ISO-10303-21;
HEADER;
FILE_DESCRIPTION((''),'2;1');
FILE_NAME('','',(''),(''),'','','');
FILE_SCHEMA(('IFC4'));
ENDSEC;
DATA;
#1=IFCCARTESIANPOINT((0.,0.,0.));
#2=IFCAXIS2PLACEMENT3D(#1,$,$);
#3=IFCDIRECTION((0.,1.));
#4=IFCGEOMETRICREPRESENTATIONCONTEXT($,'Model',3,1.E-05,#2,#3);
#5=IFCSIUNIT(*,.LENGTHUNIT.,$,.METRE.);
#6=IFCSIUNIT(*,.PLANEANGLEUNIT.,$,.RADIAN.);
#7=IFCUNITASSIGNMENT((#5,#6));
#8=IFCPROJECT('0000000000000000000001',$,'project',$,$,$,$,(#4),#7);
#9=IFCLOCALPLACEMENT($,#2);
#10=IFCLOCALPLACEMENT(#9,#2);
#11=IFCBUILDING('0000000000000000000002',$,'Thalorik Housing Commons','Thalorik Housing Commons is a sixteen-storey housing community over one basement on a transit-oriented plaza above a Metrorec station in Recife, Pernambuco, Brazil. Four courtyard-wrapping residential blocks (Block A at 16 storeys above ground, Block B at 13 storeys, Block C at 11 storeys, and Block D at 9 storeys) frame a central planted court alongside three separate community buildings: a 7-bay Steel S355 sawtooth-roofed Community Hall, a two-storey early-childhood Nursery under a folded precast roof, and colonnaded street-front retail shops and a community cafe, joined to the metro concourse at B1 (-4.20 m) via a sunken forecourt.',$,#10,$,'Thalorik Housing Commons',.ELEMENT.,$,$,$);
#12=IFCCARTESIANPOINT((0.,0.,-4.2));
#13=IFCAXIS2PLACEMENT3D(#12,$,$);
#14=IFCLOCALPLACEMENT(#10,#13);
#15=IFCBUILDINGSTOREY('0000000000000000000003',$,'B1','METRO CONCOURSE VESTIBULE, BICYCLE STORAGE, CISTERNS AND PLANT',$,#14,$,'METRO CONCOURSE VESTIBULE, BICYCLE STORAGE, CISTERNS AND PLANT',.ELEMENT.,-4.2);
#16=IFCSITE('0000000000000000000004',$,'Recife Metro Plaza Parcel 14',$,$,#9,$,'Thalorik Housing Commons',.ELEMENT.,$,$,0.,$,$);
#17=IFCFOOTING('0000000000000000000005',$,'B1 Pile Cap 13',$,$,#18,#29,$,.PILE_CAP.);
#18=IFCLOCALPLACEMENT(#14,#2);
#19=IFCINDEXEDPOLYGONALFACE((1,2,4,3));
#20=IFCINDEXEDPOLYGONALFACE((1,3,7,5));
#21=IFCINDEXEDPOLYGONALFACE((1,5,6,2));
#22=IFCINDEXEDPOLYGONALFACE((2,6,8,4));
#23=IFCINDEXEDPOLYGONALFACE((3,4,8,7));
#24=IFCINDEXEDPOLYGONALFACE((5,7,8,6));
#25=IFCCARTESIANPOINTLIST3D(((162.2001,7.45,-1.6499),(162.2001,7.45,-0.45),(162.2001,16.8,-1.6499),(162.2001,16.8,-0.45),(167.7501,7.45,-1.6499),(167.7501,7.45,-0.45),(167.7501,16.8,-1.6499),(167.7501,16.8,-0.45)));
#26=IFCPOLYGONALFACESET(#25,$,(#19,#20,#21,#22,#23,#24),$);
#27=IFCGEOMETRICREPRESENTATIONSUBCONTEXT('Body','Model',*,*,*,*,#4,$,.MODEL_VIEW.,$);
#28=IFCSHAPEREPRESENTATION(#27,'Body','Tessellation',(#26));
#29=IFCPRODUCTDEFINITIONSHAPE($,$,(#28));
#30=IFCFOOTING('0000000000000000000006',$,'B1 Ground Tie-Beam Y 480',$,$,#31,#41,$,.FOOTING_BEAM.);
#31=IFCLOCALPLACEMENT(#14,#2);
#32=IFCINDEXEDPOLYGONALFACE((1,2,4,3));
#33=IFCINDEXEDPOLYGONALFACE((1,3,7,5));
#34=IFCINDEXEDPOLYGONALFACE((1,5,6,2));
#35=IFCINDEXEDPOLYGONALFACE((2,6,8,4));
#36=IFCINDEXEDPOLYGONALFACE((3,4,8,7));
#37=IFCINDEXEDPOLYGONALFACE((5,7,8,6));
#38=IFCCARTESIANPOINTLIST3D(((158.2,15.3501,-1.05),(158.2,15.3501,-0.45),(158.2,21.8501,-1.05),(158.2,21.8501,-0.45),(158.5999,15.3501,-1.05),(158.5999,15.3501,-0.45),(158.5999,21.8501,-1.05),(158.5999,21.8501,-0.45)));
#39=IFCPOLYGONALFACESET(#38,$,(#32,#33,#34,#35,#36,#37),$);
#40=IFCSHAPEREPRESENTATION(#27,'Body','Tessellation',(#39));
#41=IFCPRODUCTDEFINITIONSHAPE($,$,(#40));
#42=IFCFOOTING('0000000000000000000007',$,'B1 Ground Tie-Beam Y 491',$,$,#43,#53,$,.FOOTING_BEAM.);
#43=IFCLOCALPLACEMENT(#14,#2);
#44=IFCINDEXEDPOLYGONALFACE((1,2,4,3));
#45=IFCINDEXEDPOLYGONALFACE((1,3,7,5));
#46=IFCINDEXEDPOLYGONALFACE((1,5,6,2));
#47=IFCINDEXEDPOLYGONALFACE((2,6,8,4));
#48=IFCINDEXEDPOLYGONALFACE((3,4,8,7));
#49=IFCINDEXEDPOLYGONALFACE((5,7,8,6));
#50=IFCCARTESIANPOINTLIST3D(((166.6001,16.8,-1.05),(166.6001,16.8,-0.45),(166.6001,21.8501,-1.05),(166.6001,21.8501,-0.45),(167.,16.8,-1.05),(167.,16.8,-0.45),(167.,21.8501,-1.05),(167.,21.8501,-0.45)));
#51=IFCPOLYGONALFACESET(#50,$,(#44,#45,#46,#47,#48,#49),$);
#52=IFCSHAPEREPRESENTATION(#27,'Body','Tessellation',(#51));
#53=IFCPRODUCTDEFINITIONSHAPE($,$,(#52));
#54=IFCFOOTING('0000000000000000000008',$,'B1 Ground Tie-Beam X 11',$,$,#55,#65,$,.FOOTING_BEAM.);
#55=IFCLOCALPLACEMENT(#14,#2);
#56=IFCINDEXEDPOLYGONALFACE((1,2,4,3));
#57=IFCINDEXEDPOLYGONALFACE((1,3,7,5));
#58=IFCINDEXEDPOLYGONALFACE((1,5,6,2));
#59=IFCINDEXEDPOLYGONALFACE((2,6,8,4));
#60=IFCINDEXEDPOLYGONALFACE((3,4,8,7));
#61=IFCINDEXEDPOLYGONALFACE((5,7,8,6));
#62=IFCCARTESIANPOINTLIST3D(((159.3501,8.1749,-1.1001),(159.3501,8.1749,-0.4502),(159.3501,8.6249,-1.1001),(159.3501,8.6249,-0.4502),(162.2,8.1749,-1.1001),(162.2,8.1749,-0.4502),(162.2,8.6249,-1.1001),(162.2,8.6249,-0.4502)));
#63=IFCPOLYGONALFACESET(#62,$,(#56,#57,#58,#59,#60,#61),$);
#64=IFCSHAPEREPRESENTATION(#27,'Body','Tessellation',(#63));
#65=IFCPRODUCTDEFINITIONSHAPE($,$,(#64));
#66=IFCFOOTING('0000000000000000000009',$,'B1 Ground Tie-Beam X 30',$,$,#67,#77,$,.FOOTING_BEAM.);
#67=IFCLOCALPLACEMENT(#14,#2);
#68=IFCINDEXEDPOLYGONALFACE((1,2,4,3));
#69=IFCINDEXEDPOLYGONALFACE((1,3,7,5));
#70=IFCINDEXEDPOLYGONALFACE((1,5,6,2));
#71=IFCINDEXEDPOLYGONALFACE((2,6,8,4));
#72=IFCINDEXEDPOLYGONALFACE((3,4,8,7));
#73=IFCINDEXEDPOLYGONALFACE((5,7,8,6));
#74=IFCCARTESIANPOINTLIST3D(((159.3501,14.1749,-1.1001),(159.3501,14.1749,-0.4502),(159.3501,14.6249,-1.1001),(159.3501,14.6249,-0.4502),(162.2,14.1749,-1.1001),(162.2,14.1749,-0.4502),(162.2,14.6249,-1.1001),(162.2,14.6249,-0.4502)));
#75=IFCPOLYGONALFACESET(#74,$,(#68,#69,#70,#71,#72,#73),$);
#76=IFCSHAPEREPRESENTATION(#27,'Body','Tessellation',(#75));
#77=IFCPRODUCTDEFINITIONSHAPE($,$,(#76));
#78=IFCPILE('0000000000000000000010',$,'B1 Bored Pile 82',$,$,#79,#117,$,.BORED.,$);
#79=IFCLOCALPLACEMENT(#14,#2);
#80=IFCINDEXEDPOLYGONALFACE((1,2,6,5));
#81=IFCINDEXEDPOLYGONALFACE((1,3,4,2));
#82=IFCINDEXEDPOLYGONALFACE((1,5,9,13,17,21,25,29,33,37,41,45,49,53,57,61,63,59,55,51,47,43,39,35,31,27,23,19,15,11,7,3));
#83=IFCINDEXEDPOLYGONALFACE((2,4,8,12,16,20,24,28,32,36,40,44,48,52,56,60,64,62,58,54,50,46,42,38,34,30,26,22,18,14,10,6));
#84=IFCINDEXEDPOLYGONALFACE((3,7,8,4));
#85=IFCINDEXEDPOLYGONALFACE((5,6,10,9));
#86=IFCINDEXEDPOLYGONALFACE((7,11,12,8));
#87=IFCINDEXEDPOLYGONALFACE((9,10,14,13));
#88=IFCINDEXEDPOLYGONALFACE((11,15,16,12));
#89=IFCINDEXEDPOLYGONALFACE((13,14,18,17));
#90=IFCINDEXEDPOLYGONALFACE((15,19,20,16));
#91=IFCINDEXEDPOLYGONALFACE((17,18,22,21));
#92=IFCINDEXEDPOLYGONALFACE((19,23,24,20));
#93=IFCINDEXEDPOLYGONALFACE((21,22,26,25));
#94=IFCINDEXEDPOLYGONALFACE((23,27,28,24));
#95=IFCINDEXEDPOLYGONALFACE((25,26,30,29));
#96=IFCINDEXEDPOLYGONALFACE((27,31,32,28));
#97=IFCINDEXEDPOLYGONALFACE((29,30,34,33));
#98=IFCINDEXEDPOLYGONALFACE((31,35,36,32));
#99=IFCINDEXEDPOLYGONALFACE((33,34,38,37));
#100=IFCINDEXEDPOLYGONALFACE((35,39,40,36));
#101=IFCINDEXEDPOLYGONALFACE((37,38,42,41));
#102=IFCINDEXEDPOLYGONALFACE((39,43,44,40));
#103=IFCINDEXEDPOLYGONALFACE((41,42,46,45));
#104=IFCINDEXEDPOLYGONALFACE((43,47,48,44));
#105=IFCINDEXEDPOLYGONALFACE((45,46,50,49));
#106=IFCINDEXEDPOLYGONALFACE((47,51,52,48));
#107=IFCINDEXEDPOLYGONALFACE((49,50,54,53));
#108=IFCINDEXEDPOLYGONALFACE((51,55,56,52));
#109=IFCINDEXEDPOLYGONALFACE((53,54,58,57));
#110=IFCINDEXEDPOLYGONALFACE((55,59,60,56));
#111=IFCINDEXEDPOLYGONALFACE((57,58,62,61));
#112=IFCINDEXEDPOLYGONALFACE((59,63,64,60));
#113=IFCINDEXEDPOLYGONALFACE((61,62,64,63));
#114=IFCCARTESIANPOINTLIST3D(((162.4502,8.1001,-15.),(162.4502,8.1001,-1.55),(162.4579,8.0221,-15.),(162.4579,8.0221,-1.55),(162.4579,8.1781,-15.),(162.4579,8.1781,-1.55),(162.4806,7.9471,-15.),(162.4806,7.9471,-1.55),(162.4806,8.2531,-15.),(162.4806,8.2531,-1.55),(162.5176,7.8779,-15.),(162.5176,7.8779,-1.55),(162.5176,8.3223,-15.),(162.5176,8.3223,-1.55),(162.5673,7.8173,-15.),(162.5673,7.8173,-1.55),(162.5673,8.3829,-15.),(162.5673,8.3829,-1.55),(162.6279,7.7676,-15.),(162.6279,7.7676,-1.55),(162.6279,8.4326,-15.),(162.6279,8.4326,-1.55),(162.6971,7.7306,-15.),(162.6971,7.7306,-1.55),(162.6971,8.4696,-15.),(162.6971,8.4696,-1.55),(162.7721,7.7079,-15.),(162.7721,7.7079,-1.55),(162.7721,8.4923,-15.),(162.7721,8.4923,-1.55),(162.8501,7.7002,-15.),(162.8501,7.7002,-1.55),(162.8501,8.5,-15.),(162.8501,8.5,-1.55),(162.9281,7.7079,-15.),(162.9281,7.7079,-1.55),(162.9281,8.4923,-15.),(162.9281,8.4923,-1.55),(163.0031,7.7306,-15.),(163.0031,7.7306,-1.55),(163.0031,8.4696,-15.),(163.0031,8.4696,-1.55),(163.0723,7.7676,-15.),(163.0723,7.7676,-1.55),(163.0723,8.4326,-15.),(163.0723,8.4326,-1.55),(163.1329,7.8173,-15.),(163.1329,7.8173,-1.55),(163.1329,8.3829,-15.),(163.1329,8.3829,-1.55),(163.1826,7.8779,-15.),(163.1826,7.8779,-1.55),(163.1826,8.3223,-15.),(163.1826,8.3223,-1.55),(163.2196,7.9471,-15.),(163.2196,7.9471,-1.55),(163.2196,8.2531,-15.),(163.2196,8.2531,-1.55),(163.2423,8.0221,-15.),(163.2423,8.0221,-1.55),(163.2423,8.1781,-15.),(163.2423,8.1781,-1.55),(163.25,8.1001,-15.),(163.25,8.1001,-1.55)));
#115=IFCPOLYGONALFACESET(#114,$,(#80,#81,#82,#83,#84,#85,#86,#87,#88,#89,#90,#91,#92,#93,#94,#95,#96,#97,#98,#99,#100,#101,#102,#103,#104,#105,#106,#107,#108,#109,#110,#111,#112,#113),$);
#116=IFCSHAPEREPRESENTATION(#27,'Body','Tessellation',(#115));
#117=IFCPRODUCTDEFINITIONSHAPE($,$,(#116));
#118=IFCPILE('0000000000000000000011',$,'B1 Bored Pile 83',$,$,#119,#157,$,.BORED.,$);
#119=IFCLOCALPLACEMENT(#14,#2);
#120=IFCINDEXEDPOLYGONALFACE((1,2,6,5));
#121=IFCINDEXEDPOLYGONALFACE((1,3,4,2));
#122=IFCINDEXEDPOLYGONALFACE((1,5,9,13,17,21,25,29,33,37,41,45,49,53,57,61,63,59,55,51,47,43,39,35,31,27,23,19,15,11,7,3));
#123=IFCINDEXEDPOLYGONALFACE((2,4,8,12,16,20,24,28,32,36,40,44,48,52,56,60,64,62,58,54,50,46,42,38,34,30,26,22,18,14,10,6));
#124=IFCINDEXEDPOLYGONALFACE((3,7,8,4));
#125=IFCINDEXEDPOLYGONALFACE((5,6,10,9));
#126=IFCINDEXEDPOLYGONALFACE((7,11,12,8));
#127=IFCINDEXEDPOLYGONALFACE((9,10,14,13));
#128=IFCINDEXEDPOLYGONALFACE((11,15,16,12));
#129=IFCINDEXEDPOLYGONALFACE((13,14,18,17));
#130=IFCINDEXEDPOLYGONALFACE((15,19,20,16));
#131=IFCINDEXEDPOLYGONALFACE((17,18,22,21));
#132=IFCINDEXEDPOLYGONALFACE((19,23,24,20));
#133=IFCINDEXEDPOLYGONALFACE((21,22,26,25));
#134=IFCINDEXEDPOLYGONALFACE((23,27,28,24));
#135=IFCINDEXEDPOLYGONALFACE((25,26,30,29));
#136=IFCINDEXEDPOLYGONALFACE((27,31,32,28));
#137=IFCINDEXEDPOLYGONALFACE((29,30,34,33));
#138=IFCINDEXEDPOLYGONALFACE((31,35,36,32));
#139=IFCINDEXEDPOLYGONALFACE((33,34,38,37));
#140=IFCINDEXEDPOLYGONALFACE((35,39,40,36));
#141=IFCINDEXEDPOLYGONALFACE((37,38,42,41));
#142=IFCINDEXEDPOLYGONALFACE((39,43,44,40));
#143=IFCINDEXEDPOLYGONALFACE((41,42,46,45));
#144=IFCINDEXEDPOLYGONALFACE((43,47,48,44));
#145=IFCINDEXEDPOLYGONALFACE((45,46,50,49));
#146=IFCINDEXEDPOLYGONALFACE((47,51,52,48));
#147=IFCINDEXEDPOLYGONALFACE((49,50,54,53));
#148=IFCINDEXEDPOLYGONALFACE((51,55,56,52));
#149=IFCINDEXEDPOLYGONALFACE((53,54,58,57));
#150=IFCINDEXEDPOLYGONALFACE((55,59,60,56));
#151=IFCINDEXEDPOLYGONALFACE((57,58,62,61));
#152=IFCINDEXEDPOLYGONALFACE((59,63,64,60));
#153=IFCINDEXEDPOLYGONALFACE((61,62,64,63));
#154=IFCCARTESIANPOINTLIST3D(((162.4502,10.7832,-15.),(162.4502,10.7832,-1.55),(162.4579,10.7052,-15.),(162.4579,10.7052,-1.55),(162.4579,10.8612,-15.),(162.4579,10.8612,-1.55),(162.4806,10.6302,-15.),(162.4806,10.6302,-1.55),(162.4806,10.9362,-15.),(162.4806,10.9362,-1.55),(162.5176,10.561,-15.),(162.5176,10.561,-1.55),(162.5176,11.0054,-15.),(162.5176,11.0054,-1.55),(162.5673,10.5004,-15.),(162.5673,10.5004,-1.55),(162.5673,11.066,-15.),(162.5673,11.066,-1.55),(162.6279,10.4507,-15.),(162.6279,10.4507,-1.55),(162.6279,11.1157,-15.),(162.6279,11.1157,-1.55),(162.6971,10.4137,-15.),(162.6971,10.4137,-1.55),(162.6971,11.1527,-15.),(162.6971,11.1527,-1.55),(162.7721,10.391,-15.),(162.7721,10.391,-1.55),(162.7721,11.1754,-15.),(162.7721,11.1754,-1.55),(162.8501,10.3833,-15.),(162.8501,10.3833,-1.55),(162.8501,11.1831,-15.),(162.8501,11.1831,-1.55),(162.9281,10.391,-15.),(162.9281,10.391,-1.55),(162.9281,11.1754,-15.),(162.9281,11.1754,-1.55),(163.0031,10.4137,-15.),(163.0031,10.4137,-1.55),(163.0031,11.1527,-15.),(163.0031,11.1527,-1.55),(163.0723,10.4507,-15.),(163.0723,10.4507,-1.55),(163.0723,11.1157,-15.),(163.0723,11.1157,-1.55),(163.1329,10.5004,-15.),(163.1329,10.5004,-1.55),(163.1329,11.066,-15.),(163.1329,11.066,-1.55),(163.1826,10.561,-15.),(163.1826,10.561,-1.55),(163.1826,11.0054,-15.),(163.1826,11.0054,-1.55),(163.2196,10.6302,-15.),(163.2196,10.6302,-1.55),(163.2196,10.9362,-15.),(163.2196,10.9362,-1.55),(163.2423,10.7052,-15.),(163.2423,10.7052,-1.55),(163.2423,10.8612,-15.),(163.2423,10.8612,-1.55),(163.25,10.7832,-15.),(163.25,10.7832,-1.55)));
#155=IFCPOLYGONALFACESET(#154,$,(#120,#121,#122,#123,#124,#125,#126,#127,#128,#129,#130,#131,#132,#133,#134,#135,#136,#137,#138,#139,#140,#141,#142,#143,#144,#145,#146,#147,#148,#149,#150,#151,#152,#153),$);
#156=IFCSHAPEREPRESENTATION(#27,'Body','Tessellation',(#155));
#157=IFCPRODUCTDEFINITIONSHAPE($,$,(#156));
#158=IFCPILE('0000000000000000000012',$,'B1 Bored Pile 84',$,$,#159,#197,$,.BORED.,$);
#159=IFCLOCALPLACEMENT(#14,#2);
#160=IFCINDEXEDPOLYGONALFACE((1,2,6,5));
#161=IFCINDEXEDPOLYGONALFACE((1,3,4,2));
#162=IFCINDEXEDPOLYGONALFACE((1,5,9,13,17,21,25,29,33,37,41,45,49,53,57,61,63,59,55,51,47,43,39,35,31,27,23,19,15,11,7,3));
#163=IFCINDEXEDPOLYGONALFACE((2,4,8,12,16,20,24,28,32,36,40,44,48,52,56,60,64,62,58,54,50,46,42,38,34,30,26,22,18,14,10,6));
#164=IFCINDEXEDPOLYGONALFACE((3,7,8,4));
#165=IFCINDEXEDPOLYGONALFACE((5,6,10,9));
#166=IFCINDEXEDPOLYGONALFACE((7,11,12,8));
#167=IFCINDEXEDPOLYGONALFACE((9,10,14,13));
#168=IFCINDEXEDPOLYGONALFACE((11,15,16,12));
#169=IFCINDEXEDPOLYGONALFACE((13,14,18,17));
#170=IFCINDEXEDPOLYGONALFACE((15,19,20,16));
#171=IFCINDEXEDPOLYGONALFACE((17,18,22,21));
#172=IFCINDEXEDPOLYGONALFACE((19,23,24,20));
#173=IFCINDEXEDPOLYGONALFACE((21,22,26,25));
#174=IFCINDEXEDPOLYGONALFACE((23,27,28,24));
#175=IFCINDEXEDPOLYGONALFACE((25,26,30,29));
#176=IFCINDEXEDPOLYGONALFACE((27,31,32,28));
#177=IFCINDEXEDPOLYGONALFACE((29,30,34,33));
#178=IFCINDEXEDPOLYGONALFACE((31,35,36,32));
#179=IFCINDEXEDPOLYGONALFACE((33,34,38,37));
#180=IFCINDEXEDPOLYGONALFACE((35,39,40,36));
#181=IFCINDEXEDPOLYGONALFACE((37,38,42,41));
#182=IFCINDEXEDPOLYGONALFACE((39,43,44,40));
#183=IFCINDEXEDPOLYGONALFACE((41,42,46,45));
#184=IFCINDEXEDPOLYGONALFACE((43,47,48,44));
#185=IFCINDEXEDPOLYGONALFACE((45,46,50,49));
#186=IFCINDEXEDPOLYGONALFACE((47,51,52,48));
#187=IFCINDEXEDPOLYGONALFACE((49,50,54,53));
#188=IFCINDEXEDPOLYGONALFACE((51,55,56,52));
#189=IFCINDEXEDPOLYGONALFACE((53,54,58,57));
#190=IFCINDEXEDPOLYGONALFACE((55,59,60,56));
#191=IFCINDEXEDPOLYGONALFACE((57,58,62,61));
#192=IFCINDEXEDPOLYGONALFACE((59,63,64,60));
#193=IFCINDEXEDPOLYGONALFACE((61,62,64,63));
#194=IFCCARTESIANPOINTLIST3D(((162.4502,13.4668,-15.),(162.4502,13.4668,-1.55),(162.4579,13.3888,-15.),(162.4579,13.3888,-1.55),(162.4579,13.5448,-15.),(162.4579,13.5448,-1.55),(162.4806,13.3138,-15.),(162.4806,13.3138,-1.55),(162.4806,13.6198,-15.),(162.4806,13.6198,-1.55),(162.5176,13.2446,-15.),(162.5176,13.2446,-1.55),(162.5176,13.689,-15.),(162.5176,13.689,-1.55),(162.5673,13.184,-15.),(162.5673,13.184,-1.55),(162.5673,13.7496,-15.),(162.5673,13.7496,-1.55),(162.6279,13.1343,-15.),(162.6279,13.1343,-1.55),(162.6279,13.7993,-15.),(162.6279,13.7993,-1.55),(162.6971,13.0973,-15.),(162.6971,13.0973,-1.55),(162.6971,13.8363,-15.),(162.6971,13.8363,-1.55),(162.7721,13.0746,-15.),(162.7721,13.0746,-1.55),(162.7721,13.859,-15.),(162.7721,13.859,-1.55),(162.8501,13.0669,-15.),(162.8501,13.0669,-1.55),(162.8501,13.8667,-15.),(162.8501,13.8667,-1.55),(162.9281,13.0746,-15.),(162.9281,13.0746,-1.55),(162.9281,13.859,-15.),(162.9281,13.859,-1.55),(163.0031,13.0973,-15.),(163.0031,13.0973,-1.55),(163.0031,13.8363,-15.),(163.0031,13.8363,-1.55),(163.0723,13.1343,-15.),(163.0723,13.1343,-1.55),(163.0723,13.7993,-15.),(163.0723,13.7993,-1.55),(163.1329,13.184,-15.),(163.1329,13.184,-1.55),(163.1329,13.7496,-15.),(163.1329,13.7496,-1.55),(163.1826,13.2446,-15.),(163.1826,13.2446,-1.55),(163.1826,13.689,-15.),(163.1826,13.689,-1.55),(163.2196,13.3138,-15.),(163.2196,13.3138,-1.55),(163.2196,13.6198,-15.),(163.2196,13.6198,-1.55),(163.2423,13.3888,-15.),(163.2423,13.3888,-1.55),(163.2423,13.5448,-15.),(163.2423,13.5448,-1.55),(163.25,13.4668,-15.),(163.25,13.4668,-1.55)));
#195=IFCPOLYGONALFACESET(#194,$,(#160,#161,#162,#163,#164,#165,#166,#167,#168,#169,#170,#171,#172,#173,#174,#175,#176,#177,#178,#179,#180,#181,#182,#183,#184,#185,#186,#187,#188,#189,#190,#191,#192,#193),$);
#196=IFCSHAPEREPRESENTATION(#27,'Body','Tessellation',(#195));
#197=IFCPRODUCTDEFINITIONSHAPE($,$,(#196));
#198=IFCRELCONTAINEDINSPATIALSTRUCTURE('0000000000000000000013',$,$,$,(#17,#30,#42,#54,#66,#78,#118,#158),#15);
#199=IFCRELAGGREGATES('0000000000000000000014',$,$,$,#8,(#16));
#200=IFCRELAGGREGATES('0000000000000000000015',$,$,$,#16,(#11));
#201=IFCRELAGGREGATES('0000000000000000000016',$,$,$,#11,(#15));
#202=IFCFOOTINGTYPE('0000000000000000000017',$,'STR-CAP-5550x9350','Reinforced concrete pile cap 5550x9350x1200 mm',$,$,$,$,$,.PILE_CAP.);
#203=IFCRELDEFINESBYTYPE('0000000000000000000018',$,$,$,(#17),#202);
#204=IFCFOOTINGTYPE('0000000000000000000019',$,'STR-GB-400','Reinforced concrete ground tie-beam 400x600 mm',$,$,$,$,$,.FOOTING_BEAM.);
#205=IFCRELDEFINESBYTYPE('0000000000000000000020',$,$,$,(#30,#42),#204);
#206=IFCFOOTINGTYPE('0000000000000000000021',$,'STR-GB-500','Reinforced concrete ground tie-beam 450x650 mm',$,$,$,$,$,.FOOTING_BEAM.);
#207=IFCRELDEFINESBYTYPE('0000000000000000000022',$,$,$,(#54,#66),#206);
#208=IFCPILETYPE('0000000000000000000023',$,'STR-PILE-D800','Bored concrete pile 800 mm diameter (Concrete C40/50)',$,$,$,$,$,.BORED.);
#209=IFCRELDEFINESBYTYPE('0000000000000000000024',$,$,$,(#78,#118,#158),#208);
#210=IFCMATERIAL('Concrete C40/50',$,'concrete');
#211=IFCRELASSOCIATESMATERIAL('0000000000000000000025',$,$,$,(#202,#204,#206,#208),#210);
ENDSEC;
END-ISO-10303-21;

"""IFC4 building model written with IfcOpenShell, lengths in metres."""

from ifc_helpers import new_model, si_unit, direction, frame, origin, origin_2d, place, context, subcontext, project, spatial, rectangle, circle, extrude, material, material_profile, profile_set, type_object, element, save


model = new_model("IFC4")

# Units and contexts
model_context = context("Model", 3, precision=1e-05, world=origin(), true_north=direction((0.0, 1.0)))
body_context = subcontext(model_context, "Body", "Model", "MODEL_VIEW")
ifc_project = project(units=[si_unit("LENGTHUNIT", "METRE"), si_unit("PLANEANGLEUNIT", "RADIAN")], contexts=[model_context])

# Site, building, storey
site_placement = place(None, origin())
site = spatial("IfcSite", under=ifc_project, at=site_placement, Name="Recife Metro Plaza Parcel 14", LongName="Thalorik Housing Commons", CompositionType="ELEMENT", RefElevation=0.0)
building_placement = place(site_placement, origin())
building = spatial("IfcBuilding", under=site, at=building_placement, Name="Thalorik Housing Commons", Description="Thalorik Housing Commons is a sixteen-storey housing community over one basement on a transit-oriented plaza above a Metrorec station in Recife, Pernambuco, Brazil. Four courtyard-wrapping residential blocks (Block A at 16 storeys above ground, Block B at 13 storeys, Block C at 11 storeys, and Block D at 9 storeys) frame a central planted court alongside three separate community buildings: a 7-bay Steel S355 sawtooth-roofed Community Hall, a two-storey early-childhood Nursery under a folded precast roof, and colonnaded street-front retail shops and a community cafe, joined to the metro concourse at B1 (-4.20 m) via a sunken forecourt.", LongName="Thalorik Housing Commons", CompositionType="ELEMENT")
storey_placement = place(building_placement, frame((0.0, 0.0, -4.2)))
storey = spatial("IfcBuildingStorey", under=building, at=storey_placement, Name="B1", Description="METRO CONCOURSE VESTIBULE, BICYCLE STORAGE, CISTERNS AND PLANT", LongName="METRO CONCOURSE VESTIBULE, BICYCLE STORAGE, CISTERNS AND PLANT", CompositionType="ELEMENT", Elevation=-4.2)

# Footings
ifc_material_1 = material(Name="Concrete C40/50", Category="concrete")
footing_type_1 = type_object("IfcFootingType", Name="STR-CAP-5550x9350", Description="Reinforced concrete pile cap 5550x9350x1200 mm", PredefinedType="PILE_CAP", material=ifc_material_1)
footing_1_placement = place(storey_placement, frame((164.9751, 12.125, -1.6499), z_axis=(0.0, 0.0, 1.0), x_axis=(1.0, 0.0, 0.0)))
element("IfcFooting", 1, at=footing_1_placement, inside=storey, type_object=footing_type_1, Name="B1 Pile Cap 13", PredefinedType="PILE_CAP", context=body_context, shape_type="SweptSolid", body=[
    extrude(rectangle(XDim=5.55, YDim=9.3501, at=origin_2d()), origin(), (0.0, 0.0, 1.0), 1.2),
])
ifc_material_profile_1 = material_profile(ifc_material_1, rectangle(XDim=0.3999, YDim=0.6001, at=origin_2d()), Name="RC 400x600", Category="concrete")
ifc_profile_set_1 = profile_set([ifc_material_profile_1], Name="Concrete C40/50")
footing_type_2 = type_object("IfcFootingType", Name="STR-GB-400", Description="Reinforced concrete ground tie-beam 400x600 mm", PredefinedType="FOOTING_BEAM", material=ifc_profile_set_1)
footing_2_placement = place(storey_placement, frame((158.3999, 15.3501, -0.75), z_axis=(0.0, 1.0, 0.0), x_axis=(-1.0, 0.0, 0.0)))
element("IfcFooting", 2, at=footing_2_placement, inside=storey, type_object=footing_type_2, Name="B1 Ground Tie-Beam Y 480", PredefinedType="FOOTING_BEAM", context=body_context, shape_type="SweptSolid", body=[
    extrude(rectangle(XDim=0.3999, YDim=0.6001, at=origin_2d()), origin(), (0.0, 0.0, 1.0), 6.5),
])
footing_3_placement = place(storey_placement, frame((166.8, 16.8, -0.75), z_axis=(0.0, 1.0, 0.0), x_axis=(-1.0, 0.0, 0.0)))
element("IfcFooting", 3, at=footing_3_placement, inside=storey, type_object=footing_type_2, Name="B1 Ground Tie-Beam Y 491", PredefinedType="FOOTING_BEAM", context=body_context, shape_type="SweptSolid", body=[
    extrude(rectangle(XDim=0.3999, YDim=0.6001, at=origin_2d()), origin(), (0.0, 0.0, 1.0), 5.05),
])
ifc_material_profile_2 = material_profile(ifc_material_1, rectangle(XDim=0.45, YDim=0.6499, at=origin_2d()), Name="RC 450x650", Category="concrete")
ifc_profile_set_2 = profile_set([ifc_material_profile_2], Name="Concrete C40/50")
footing_type_3 = type_object("IfcFootingType", Name="STR-GB-500", Description="Reinforced concrete ground tie-beam 450x650 mm", PredefinedType="FOOTING_BEAM", material=ifc_profile_set_2)
for number, where, z_axis, x_axis, name in (
    (4, (159.3501, 8.3999, -0.7751), (1.0, 0.0, 0.0), (0.0, 1.0, 0.0), "B1 Ground Tie-Beam X 11"),
    (5, (159.3501, 14.3999, -0.7751), (1.0, 0.0, 0.0), (0.0, 1.0, 0.0), "B1 Ground Tie-Beam X 30"),
):
    element("IfcFooting", number, at=place(storey_placement, frame(where, z_axis=z_axis, x_axis=x_axis)), inside=storey, type_object=footing_type_3, Name=name, PredefinedType="FOOTING_BEAM", context=body_context, shape_type="SweptSolid", body=[
        extrude(rectangle(XDim=0.45, YDim=0.6499, at=origin_2d()), origin(), (0.0, 0.0, 1.0), 2.8499),
    ])

# Piles
ifc_material_profile_3 = material_profile(ifc_material_1, circle(Radius=0.3999, at=origin_2d()), Name="BORED PILE D800", Category="concrete")
ifc_profile_set_3 = profile_set([ifc_material_profile_3], Name="Concrete C40/50")
pile_type = type_object("IfcPileType", Name="STR-PILE-D800", Description="Bored concrete pile 800 mm diameter (Concrete C40/50)", PredefinedType="BORED", material=ifc_profile_set_3)
for number, where, z_axis, x_axis, name in (
    (6, (162.8501, 8.1001, -1.55), (0.0, 0.0, -1.0), (1.0, 0.0, 0.0), "B1 Bored Pile 82"),
    (7, (162.8501, 10.7832, -1.55), (0.0, 0.0, -1.0), (1.0, 0.0, 0.0), "B1 Bored Pile 83"),
    (8, (162.8501, 13.4668, -1.55), (0.0, 0.0, -1.0), (1.0, 0.0, 0.0), "B1 Bored Pile 84"),
):
    element("IfcPile", number, at=place(storey_placement, frame(where, z_axis=z_axis, x_axis=x_axis)), inside=storey, type_object=pile_type, Name=name, PredefinedType="BORED", context=body_context, shape_type="SweptSolid", body=[
        extrude(circle(Radius=0.3999, at=origin_2d()), origin(), (0.0, 0.0, 1.0), 13.45),
    ])

save(model, "model.ifc")
